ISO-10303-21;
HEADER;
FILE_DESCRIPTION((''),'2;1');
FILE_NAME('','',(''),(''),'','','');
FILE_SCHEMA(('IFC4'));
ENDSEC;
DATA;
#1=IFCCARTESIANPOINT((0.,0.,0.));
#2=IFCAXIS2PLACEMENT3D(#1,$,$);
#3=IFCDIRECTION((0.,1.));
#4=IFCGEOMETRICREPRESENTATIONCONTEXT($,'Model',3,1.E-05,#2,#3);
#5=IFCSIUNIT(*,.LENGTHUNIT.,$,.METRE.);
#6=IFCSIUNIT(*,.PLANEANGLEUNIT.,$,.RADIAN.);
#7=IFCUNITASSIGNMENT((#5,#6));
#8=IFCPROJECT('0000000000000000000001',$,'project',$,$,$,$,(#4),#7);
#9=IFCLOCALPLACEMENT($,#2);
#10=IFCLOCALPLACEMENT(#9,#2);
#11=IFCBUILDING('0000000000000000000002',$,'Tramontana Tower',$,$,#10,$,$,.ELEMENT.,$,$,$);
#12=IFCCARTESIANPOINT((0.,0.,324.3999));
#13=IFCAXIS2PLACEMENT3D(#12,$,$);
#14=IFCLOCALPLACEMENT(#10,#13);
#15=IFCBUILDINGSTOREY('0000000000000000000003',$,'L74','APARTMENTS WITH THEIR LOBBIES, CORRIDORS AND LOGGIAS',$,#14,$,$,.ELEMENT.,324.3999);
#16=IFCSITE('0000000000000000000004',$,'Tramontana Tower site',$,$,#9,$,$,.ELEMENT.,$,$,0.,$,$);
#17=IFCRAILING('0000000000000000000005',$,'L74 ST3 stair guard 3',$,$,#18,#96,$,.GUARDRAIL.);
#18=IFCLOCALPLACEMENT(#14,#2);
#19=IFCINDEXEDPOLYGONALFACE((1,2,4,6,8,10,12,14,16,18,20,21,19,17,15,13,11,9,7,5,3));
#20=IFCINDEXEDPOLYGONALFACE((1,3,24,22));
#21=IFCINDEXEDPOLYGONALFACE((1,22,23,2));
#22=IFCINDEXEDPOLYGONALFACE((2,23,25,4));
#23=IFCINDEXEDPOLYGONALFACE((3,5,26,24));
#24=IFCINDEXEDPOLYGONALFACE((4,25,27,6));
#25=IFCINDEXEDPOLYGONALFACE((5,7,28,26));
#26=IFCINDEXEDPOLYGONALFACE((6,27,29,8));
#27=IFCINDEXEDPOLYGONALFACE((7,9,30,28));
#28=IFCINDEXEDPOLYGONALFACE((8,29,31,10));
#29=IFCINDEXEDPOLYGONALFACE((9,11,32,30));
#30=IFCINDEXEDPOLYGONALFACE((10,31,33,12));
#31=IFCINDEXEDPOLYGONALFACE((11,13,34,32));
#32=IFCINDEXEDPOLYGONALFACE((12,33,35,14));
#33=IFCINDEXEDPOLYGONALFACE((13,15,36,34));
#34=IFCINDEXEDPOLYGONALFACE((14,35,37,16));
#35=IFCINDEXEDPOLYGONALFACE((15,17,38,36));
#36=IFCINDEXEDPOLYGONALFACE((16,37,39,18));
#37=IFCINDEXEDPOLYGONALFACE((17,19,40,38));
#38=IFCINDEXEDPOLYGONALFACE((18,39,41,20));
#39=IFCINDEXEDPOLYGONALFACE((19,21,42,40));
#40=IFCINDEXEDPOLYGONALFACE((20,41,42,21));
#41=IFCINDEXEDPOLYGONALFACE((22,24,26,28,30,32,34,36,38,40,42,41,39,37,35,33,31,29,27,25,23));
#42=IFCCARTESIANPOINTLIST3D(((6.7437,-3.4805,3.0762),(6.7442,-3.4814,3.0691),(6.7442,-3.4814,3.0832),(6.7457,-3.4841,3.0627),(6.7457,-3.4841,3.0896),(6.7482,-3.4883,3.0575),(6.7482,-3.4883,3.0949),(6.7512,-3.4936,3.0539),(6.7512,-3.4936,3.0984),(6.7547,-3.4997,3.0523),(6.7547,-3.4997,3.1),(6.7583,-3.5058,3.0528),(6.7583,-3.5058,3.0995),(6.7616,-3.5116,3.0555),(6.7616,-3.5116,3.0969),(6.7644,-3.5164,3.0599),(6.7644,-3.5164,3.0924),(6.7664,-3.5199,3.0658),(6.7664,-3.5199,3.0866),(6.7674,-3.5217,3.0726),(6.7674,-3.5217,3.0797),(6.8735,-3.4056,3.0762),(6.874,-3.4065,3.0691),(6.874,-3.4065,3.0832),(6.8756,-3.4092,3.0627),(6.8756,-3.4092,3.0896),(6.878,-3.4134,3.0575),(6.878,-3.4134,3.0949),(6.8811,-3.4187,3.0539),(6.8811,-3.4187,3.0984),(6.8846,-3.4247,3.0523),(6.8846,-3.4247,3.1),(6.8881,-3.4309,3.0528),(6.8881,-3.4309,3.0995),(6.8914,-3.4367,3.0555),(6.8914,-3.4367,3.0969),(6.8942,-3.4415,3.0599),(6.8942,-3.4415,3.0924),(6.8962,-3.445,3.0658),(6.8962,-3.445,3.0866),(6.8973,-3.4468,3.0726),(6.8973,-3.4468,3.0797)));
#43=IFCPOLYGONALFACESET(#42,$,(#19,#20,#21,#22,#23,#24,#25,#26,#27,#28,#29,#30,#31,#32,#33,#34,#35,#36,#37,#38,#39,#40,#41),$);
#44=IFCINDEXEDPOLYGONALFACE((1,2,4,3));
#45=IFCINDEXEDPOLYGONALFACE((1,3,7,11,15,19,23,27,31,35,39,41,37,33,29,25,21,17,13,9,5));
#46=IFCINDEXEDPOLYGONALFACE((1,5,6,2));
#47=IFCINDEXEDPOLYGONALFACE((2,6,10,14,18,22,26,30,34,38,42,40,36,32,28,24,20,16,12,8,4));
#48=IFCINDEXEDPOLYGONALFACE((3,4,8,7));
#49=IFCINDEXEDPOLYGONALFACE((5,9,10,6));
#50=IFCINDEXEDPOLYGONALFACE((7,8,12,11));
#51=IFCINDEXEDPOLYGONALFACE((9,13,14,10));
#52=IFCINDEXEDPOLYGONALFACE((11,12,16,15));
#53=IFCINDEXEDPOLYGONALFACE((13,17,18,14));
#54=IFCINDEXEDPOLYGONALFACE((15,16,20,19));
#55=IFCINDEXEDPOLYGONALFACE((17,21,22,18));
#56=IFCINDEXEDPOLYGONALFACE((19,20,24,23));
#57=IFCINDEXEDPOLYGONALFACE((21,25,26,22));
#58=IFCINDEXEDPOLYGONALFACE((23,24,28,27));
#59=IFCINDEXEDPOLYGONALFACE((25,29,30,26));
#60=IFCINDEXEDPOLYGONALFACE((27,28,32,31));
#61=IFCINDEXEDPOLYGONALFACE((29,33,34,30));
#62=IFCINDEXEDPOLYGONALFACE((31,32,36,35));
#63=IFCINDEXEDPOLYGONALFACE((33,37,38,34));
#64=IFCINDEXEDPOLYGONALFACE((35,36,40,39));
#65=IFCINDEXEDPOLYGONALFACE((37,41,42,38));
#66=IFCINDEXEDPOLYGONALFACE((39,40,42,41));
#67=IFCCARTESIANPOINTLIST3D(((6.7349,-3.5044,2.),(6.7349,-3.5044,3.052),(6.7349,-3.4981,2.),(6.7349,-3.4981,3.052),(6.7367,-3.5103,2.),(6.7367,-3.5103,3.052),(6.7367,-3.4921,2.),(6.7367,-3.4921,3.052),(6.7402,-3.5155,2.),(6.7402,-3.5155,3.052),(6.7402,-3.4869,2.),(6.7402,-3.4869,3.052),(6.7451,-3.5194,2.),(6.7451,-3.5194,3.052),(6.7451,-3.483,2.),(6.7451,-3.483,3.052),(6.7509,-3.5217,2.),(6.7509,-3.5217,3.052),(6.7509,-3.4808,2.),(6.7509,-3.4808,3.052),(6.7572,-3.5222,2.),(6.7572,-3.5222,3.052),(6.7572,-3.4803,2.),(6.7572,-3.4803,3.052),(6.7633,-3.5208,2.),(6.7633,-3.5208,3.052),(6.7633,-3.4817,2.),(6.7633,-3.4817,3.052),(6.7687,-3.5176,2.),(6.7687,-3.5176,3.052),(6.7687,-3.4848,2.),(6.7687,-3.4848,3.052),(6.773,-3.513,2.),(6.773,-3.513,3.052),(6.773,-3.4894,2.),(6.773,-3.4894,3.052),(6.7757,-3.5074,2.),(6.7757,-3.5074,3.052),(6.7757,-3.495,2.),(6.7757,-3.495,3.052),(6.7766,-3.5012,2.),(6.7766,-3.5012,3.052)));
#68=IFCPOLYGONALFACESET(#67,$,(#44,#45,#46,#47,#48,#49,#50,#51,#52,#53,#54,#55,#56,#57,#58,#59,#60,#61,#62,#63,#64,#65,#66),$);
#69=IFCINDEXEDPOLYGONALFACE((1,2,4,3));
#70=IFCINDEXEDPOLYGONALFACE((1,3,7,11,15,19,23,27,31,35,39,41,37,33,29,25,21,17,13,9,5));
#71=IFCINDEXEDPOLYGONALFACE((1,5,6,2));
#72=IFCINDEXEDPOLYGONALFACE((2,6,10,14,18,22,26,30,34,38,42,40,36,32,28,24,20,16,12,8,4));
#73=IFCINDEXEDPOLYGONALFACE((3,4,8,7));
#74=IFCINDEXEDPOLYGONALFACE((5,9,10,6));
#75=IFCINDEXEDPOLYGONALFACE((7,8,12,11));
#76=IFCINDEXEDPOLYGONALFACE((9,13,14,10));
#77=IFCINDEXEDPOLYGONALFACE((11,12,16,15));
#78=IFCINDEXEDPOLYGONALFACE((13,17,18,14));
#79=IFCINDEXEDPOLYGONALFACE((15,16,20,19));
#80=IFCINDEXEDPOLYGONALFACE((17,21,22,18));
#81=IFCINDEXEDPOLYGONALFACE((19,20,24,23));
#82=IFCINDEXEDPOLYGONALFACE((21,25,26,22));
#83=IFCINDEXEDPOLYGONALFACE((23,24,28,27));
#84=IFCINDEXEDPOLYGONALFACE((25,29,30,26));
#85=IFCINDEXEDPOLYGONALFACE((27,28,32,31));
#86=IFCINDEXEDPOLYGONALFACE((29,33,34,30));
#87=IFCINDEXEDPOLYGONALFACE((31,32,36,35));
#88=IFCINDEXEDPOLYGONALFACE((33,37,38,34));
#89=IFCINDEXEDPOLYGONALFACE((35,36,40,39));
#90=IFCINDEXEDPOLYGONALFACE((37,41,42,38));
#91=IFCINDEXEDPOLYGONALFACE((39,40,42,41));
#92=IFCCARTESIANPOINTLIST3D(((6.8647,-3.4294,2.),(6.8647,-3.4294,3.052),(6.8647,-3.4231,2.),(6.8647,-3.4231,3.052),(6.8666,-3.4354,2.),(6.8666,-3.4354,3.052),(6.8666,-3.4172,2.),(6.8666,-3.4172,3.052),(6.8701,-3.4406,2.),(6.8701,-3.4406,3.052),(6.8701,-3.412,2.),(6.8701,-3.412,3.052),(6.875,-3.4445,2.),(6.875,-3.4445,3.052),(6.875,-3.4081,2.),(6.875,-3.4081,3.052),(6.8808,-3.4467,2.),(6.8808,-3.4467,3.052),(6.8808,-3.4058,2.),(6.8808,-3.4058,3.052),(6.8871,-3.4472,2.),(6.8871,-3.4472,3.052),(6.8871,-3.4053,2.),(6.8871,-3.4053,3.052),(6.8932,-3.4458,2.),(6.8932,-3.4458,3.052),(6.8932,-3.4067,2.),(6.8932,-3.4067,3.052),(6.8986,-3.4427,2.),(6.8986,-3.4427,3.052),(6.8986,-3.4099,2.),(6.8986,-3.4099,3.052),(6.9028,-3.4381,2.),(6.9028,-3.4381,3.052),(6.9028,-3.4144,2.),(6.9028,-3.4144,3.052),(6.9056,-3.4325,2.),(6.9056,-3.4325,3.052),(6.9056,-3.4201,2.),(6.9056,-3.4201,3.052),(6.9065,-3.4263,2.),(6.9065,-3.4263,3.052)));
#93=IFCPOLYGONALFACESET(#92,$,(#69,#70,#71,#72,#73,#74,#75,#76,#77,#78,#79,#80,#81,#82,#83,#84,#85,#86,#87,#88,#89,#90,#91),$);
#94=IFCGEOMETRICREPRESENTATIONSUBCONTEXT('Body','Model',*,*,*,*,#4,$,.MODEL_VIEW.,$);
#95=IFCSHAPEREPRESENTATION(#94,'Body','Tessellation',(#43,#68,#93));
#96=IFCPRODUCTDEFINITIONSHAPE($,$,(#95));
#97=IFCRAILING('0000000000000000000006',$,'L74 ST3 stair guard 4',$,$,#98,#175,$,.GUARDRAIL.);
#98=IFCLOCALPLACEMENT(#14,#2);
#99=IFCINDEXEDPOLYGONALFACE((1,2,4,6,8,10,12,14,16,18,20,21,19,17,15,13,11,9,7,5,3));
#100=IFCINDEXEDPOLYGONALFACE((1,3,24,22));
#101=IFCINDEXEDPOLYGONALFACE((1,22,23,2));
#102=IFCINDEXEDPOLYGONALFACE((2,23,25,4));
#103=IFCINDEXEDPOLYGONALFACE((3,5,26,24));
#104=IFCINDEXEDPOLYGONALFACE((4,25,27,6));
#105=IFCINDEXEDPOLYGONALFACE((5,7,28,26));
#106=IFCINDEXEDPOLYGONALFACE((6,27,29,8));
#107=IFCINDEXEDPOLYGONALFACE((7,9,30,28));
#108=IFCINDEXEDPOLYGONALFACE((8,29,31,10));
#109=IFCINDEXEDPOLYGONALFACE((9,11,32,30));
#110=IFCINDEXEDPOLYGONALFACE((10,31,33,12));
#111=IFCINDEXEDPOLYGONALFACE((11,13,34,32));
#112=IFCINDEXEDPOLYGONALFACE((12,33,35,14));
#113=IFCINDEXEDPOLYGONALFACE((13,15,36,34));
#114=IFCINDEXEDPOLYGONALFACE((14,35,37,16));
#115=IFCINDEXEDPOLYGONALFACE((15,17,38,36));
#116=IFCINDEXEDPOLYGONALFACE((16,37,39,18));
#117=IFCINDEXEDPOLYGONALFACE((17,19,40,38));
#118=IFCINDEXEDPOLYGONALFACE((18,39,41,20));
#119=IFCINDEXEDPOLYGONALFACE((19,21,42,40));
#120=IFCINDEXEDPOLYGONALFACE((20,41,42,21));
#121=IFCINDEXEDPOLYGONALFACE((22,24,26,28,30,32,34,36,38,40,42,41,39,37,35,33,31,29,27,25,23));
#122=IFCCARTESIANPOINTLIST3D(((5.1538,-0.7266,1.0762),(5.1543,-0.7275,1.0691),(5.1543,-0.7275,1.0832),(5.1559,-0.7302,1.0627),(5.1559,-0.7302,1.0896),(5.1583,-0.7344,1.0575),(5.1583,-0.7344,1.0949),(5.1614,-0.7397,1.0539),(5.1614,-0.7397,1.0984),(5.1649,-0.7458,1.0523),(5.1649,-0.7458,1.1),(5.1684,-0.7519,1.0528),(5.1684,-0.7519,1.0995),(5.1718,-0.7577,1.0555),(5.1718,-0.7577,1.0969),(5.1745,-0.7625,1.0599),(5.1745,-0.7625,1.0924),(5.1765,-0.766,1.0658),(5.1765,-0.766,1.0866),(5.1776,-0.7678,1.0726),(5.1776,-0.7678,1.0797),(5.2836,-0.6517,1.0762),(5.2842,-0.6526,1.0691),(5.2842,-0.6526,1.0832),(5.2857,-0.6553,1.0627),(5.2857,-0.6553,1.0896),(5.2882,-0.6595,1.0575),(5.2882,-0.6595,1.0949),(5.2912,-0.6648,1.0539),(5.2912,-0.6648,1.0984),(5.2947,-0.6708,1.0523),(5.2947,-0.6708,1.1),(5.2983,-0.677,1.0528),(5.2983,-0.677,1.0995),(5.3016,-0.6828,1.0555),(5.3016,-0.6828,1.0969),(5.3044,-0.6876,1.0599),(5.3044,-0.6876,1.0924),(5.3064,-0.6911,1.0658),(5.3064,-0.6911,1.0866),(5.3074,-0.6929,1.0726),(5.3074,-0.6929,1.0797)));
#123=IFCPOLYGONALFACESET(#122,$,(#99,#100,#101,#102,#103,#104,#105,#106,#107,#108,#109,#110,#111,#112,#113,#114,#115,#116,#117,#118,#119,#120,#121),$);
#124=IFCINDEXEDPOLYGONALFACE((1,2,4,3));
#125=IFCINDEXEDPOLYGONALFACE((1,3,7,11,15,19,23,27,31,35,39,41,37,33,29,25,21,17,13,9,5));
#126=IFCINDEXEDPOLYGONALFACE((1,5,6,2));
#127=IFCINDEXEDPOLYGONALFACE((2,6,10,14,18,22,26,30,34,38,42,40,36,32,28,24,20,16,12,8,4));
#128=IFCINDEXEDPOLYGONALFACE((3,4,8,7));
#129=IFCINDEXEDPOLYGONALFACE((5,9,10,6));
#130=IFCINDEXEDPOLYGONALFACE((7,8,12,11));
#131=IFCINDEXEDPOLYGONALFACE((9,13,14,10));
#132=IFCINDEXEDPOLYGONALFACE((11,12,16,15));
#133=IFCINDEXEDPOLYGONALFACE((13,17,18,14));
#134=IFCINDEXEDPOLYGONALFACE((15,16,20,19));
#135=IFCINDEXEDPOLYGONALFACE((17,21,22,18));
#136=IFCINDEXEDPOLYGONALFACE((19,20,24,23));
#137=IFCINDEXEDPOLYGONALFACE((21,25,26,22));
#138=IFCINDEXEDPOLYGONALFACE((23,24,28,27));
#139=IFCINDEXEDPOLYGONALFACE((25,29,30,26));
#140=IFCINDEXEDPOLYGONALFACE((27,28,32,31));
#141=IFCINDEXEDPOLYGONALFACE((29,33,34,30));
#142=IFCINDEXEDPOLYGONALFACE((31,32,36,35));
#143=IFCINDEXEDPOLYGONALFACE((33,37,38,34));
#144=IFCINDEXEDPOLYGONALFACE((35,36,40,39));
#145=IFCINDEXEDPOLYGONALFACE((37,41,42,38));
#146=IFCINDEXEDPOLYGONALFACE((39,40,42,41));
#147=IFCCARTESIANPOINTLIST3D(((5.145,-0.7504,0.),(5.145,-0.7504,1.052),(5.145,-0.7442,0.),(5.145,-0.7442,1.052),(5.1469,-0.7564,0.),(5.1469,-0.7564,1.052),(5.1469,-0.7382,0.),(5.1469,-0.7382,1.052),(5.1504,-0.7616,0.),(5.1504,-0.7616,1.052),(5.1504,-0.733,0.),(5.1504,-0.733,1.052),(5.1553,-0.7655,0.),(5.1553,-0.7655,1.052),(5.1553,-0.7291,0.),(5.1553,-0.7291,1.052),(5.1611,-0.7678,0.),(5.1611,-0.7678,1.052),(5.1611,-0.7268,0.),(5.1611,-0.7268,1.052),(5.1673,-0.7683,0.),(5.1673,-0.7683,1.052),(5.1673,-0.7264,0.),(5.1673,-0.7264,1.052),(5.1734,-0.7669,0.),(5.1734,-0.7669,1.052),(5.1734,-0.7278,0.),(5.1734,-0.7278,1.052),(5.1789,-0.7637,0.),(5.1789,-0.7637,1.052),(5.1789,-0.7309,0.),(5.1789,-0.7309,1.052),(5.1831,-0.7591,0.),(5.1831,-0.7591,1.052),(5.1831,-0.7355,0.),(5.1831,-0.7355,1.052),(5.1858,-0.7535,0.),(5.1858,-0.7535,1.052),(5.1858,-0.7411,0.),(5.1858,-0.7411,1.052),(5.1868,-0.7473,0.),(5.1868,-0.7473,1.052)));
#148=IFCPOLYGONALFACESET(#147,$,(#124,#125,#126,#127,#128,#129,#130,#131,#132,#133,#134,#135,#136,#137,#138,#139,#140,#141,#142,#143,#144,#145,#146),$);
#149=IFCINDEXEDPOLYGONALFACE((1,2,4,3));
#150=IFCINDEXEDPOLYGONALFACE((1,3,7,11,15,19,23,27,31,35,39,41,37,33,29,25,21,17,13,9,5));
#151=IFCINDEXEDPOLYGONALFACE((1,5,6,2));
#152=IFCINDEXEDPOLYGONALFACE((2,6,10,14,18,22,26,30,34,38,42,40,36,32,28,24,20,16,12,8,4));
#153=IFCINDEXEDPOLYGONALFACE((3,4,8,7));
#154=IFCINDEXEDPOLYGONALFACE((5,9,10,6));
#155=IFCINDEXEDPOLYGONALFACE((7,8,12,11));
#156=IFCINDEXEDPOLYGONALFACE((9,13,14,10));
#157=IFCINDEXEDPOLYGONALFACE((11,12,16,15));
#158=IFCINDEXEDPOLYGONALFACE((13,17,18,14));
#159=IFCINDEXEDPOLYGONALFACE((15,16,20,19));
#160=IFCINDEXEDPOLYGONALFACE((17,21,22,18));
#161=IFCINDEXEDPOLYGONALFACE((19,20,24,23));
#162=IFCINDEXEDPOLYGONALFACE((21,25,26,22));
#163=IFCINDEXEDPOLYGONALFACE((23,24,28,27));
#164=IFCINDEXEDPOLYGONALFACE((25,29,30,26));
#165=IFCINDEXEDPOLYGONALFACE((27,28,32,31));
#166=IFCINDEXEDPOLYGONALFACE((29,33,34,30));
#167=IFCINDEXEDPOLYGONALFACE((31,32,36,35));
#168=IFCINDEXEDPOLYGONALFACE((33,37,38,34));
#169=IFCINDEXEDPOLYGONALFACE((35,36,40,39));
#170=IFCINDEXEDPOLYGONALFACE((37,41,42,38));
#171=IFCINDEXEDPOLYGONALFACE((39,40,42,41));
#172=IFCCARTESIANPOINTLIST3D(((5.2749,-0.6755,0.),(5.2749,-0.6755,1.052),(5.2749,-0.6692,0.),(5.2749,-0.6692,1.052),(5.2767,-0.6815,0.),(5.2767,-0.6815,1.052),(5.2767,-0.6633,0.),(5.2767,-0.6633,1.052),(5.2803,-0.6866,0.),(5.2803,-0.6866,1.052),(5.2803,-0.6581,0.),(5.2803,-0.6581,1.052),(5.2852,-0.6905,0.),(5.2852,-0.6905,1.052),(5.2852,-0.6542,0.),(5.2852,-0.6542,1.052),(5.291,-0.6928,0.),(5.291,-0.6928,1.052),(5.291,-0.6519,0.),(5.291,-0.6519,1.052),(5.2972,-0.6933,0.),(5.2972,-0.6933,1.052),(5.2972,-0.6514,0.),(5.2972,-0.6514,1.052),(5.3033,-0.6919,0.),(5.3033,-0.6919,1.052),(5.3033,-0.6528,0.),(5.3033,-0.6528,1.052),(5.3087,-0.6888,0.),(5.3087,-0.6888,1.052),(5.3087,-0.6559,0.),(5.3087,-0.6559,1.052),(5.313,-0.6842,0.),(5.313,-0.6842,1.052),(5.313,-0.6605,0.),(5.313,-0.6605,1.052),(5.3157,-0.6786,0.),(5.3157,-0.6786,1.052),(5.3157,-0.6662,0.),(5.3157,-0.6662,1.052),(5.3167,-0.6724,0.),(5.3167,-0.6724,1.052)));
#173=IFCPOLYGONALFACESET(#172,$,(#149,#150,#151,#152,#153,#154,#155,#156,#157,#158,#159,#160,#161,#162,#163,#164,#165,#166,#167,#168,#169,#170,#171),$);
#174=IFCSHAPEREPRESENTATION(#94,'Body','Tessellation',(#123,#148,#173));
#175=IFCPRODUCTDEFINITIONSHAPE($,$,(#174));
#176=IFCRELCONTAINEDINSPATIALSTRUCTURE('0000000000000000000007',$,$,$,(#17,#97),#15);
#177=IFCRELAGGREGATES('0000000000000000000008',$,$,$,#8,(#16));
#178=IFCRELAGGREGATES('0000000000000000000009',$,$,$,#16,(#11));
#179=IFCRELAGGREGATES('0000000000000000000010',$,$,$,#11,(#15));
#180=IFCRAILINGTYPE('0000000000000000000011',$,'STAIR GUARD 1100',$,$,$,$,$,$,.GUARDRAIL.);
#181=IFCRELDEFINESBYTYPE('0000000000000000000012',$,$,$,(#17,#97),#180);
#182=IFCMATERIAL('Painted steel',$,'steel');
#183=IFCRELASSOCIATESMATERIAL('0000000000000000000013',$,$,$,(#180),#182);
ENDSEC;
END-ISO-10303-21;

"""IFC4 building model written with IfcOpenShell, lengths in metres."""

from ifc_helpers import new_model, si_unit, direction, frame, origin, origin_2d, place, context, subcontext, project, spatial, circle, extrude, material, type_object, element, save


model = new_model("IFC4")

# Units and contexts
model_context = context("Model", 3, precision=1e-05, world=origin(), true_north=direction((0.0, 1.0)))
body_context = subcontext(model_context, "Body", "Model", "MODEL_VIEW")
ifc_project = project(units=[si_unit("LENGTHUNIT", "METRE"), si_unit("PLANEANGLEUNIT", "RADIAN")], contexts=[model_context])

# Site, building, storey
site_placement = place(None, origin())
site = spatial("IfcSite", under=ifc_project, at=site_placement, Name="Tramontana Tower site", CompositionType="ELEMENT", RefElevation=0.0)
building_placement = place(site_placement, origin())
building = spatial("IfcBuilding", under=site, at=building_placement, Name="Tramontana Tower", CompositionType="ELEMENT")
storey_placement = place(building_placement, frame((0.0, 0.0, 324.3999)))
storey = spatial("IfcBuildingStorey", under=building, at=storey_placement, Name="L74", Description="APARTMENTS WITH THEIR LOBBIES, CORRIDORS AND LOGGIAS", CompositionType="ELEMENT", Elevation=324.3999)

# Railings
ifc_material_1 = material(Name="Painted steel", Category="steel")
railing_type_1 = type_object("IfcRailingType", Name="STAIR GUARD 1100", PredefinedType="GUARDRAIL", material=ifc_material_1)
for number, where, name in (
    (1, (6.7556, -3.5012, 2.0), "L74 ST3 stair guard 3"),
    (2, (5.1658, -0.7473, 0.0), "L74 ST3 stair guard 4"),
):
    element("IfcRailing", number, at=place(storey_placement, frame(where)), inside=storey, type_object=railing_type_1, Name=name, PredefinedType="GUARDRAIL", context=body_context, shape_type="SweptSolid", body=[
        extrude(circle(Radius=0.0239, at=origin_2d()), frame((0.0, 0.0, 1.0762), z_axis=(0.866131, 0.499816, 0.0), x_axis=(-0.499816, 0.866131, 0.0)), (0.0, 0.0, 1.0), 0.1499),
        extrude(circle(Radius=0.021, at=origin_2d()), origin(), (0.0, 0.0, 1.0), 1.052),
        extrude(circle(Radius=0.021, at=origin_2d()), frame((0.1299, 0.075, 0.0)), (0.0, 0.0, 1.0), 1.052),
    ])

save(model, "model.ifc")
